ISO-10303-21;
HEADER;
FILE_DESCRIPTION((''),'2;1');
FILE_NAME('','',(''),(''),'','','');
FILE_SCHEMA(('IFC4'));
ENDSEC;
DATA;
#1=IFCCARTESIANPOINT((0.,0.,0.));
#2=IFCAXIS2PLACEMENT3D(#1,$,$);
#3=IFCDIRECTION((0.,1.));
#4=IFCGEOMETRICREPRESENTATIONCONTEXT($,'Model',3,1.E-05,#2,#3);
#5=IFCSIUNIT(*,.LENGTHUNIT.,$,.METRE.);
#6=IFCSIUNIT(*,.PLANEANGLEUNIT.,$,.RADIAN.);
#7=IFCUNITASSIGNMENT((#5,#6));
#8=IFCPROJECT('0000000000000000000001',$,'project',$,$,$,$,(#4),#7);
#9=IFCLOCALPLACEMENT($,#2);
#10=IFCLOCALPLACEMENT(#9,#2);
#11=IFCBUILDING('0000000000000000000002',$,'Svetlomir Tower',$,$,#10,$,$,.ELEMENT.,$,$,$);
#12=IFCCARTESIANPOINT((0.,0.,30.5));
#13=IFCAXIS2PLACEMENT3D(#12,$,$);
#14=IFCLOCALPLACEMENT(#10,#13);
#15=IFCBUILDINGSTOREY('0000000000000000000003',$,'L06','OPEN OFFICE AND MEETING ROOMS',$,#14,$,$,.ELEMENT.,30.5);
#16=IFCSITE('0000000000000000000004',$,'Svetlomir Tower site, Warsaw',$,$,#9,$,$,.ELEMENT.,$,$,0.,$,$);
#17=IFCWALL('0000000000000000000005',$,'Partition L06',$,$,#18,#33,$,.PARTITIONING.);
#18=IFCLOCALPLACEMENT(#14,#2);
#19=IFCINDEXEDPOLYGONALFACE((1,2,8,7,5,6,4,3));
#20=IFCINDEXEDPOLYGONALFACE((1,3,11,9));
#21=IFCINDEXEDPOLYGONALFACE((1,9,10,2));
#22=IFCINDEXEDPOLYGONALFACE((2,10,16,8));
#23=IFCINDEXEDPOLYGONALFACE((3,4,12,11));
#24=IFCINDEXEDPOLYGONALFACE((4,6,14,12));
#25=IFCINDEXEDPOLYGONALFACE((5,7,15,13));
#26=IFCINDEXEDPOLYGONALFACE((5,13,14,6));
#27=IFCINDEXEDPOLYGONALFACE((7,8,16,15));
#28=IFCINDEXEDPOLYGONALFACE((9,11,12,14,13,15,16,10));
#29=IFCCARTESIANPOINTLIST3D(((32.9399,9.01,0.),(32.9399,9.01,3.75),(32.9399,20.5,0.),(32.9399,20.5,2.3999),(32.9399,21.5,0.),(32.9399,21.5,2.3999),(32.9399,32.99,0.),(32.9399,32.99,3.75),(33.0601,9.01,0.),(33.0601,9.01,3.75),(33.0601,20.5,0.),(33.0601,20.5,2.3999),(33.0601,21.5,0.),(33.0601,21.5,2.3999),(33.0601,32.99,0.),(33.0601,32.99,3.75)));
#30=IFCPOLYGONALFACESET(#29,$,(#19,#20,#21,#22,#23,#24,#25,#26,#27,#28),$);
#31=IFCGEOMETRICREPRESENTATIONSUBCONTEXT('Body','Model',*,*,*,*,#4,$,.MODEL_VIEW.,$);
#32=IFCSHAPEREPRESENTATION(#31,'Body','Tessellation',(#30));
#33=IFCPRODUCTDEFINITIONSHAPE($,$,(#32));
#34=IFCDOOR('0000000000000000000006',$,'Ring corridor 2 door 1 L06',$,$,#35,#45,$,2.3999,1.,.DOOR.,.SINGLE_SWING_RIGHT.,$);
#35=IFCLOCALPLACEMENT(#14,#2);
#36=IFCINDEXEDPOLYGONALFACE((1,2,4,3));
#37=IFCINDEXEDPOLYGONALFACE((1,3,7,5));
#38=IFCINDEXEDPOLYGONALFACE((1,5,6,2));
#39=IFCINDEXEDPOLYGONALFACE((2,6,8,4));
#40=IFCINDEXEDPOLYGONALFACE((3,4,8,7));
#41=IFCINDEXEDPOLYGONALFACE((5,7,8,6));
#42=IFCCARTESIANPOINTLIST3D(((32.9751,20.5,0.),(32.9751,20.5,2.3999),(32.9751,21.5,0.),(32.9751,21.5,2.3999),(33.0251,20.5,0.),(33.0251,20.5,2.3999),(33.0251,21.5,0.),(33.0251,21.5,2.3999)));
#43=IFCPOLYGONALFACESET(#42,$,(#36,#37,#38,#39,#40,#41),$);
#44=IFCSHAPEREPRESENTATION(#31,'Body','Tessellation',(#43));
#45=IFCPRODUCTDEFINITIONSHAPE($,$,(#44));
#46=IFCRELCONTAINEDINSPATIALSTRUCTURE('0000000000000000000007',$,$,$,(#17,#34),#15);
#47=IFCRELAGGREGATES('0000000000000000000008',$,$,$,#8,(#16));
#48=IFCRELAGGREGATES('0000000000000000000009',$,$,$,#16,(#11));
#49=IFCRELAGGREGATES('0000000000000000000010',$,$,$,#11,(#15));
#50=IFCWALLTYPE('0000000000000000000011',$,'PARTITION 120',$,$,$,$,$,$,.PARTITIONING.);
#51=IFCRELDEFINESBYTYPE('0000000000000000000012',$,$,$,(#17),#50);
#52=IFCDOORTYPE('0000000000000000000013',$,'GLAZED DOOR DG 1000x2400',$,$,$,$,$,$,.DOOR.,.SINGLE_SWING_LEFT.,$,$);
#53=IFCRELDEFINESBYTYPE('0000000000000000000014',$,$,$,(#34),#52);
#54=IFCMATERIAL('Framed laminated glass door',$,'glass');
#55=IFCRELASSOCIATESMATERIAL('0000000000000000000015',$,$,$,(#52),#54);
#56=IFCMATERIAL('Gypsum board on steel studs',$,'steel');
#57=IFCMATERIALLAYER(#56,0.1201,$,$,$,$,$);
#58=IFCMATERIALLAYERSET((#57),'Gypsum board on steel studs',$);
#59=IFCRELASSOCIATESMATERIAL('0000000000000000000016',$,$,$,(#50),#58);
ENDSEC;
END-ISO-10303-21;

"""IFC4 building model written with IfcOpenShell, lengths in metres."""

from ifc_helpers import new_model, si_unit, direction, frame, frame_2d, origin, place, context, subcontext, project, spatial, rectangle, extrude, material, layer, layer_set, type_object, element, fill, save


model = new_model("IFC4")

# Units and contexts
model_context = context("Model", 3, precision=1e-05, world=origin(), true_north=direction((0.0, 1.0)))
body_context = subcontext(model_context, "Body", "Model", "MODEL_VIEW")
ifc_project = project(units=[si_unit("LENGTHUNIT", "METRE"), si_unit("PLANEANGLEUNIT", "RADIAN")], contexts=[model_context])

# Site, building, storey
site_placement = place(None, origin())
site = spatial("IfcSite", under=ifc_project, at=site_placement, Name="Svetlomir Tower site, Warsaw", CompositionType="ELEMENT", RefElevation=0.0)
building_placement = place(site_placement, origin())
building = spatial("IfcBuilding", under=site, at=building_placement, Name="Svetlomir Tower", CompositionType="ELEMENT")
storey_placement = place(building_placement, frame((0.0, 0.0, 30.5)))
storey = spatial("IfcBuildingStorey", under=building, at=storey_placement, Name="L06", Description="OPEN OFFICE AND MEETING ROOMS", CompositionType="ELEMENT", Elevation=30.5)

# Shared definitions
ifc_material_1 = material(Name="Framed laminated glass door", Category="glass")
door_type = type_object("IfcDoorType", Name="GLAZED DOOR DG 1000x2400", OperationType="SINGLE_SWING_LEFT", PredefinedType="DOOR", material=ifc_material_1)

# Shared definitions
ifc_material_2 = material(Name="Gypsum board on steel studs", Category="steel")
ifc_layer_1 = layer(ifc_material_2, 0.1201)
ifc_layer_set_1 = layer_set([ifc_layer_1], Name="Gypsum board on steel studs")
wall_type_1 = type_object("IfcWallType", Name="PARTITION 120", PredefinedType="PARTITIONING", material=ifc_layer_set_1)

# Wall, opening, door
wall_1_placement = place(storey_placement, frame((33.0, 9.01, 0.0), z_axis=(0.0, 0.0, 1.0), x_axis=(0.0, 1.0, 0.0)))
wall_1 = element("IfcWall", 1, at=wall_1_placement, inside=storey, type_object=wall_type_1, Name="Partition L06", PredefinedType="PARTITIONING", context=body_context, shape_type="SweptSolid", body=[
    extrude(rectangle(XDim=23.98, YDim=0.1201, at=frame_2d((11.99, 0.0))), origin(), (0.0, 0.0, 1.0), 3.75),
])
opening_1_placement = place(wall_1_placement, frame((11.49, 0.0, 0.0)))
opening_1 = element("IfcOpeningElement", 2, at=opening_1_placement, cuts=wall_1, PredefinedType="OPENING", context=body_context, shape_type="SweptSolid", body=[
    extrude(rectangle(XDim=1.0, YDim=2.3999, at=frame_2d((0.5, 1.2))), frame((0.0, 0.0701, 0.0), z_axis=(0.0, -1.0, 0.0), x_axis=(1.0, 0.0, 0.0)), (0.0, 0.0, 1.0), 0.1401),
])
door_1_placement = place(opening_1_placement, origin())
door_1 = element("IfcDoor", 3, at=door_1_placement, inside=storey, type_object=door_type, Name="Ring corridor 2 door 1 L06", OperationType="SINGLE_SWING_RIGHT", OverallHeight=2.3999, OverallWidth=1.0, PredefinedType="DOOR", context=body_context, shape_type="SweptSolid", body=[
    extrude(rectangle(XDim=1.0, YDim=2.3999, at=frame_2d((0.5, 1.2))), frame((0.0, 0.0249, 0.0), z_axis=(0.0, -1.0, 0.0), x_axis=(1.0, 0.0, 0.0)), (0.0, 0.0, 1.0), 0.05),
])
fill(opening_1, door_1)

save(model, "model.ifc")
